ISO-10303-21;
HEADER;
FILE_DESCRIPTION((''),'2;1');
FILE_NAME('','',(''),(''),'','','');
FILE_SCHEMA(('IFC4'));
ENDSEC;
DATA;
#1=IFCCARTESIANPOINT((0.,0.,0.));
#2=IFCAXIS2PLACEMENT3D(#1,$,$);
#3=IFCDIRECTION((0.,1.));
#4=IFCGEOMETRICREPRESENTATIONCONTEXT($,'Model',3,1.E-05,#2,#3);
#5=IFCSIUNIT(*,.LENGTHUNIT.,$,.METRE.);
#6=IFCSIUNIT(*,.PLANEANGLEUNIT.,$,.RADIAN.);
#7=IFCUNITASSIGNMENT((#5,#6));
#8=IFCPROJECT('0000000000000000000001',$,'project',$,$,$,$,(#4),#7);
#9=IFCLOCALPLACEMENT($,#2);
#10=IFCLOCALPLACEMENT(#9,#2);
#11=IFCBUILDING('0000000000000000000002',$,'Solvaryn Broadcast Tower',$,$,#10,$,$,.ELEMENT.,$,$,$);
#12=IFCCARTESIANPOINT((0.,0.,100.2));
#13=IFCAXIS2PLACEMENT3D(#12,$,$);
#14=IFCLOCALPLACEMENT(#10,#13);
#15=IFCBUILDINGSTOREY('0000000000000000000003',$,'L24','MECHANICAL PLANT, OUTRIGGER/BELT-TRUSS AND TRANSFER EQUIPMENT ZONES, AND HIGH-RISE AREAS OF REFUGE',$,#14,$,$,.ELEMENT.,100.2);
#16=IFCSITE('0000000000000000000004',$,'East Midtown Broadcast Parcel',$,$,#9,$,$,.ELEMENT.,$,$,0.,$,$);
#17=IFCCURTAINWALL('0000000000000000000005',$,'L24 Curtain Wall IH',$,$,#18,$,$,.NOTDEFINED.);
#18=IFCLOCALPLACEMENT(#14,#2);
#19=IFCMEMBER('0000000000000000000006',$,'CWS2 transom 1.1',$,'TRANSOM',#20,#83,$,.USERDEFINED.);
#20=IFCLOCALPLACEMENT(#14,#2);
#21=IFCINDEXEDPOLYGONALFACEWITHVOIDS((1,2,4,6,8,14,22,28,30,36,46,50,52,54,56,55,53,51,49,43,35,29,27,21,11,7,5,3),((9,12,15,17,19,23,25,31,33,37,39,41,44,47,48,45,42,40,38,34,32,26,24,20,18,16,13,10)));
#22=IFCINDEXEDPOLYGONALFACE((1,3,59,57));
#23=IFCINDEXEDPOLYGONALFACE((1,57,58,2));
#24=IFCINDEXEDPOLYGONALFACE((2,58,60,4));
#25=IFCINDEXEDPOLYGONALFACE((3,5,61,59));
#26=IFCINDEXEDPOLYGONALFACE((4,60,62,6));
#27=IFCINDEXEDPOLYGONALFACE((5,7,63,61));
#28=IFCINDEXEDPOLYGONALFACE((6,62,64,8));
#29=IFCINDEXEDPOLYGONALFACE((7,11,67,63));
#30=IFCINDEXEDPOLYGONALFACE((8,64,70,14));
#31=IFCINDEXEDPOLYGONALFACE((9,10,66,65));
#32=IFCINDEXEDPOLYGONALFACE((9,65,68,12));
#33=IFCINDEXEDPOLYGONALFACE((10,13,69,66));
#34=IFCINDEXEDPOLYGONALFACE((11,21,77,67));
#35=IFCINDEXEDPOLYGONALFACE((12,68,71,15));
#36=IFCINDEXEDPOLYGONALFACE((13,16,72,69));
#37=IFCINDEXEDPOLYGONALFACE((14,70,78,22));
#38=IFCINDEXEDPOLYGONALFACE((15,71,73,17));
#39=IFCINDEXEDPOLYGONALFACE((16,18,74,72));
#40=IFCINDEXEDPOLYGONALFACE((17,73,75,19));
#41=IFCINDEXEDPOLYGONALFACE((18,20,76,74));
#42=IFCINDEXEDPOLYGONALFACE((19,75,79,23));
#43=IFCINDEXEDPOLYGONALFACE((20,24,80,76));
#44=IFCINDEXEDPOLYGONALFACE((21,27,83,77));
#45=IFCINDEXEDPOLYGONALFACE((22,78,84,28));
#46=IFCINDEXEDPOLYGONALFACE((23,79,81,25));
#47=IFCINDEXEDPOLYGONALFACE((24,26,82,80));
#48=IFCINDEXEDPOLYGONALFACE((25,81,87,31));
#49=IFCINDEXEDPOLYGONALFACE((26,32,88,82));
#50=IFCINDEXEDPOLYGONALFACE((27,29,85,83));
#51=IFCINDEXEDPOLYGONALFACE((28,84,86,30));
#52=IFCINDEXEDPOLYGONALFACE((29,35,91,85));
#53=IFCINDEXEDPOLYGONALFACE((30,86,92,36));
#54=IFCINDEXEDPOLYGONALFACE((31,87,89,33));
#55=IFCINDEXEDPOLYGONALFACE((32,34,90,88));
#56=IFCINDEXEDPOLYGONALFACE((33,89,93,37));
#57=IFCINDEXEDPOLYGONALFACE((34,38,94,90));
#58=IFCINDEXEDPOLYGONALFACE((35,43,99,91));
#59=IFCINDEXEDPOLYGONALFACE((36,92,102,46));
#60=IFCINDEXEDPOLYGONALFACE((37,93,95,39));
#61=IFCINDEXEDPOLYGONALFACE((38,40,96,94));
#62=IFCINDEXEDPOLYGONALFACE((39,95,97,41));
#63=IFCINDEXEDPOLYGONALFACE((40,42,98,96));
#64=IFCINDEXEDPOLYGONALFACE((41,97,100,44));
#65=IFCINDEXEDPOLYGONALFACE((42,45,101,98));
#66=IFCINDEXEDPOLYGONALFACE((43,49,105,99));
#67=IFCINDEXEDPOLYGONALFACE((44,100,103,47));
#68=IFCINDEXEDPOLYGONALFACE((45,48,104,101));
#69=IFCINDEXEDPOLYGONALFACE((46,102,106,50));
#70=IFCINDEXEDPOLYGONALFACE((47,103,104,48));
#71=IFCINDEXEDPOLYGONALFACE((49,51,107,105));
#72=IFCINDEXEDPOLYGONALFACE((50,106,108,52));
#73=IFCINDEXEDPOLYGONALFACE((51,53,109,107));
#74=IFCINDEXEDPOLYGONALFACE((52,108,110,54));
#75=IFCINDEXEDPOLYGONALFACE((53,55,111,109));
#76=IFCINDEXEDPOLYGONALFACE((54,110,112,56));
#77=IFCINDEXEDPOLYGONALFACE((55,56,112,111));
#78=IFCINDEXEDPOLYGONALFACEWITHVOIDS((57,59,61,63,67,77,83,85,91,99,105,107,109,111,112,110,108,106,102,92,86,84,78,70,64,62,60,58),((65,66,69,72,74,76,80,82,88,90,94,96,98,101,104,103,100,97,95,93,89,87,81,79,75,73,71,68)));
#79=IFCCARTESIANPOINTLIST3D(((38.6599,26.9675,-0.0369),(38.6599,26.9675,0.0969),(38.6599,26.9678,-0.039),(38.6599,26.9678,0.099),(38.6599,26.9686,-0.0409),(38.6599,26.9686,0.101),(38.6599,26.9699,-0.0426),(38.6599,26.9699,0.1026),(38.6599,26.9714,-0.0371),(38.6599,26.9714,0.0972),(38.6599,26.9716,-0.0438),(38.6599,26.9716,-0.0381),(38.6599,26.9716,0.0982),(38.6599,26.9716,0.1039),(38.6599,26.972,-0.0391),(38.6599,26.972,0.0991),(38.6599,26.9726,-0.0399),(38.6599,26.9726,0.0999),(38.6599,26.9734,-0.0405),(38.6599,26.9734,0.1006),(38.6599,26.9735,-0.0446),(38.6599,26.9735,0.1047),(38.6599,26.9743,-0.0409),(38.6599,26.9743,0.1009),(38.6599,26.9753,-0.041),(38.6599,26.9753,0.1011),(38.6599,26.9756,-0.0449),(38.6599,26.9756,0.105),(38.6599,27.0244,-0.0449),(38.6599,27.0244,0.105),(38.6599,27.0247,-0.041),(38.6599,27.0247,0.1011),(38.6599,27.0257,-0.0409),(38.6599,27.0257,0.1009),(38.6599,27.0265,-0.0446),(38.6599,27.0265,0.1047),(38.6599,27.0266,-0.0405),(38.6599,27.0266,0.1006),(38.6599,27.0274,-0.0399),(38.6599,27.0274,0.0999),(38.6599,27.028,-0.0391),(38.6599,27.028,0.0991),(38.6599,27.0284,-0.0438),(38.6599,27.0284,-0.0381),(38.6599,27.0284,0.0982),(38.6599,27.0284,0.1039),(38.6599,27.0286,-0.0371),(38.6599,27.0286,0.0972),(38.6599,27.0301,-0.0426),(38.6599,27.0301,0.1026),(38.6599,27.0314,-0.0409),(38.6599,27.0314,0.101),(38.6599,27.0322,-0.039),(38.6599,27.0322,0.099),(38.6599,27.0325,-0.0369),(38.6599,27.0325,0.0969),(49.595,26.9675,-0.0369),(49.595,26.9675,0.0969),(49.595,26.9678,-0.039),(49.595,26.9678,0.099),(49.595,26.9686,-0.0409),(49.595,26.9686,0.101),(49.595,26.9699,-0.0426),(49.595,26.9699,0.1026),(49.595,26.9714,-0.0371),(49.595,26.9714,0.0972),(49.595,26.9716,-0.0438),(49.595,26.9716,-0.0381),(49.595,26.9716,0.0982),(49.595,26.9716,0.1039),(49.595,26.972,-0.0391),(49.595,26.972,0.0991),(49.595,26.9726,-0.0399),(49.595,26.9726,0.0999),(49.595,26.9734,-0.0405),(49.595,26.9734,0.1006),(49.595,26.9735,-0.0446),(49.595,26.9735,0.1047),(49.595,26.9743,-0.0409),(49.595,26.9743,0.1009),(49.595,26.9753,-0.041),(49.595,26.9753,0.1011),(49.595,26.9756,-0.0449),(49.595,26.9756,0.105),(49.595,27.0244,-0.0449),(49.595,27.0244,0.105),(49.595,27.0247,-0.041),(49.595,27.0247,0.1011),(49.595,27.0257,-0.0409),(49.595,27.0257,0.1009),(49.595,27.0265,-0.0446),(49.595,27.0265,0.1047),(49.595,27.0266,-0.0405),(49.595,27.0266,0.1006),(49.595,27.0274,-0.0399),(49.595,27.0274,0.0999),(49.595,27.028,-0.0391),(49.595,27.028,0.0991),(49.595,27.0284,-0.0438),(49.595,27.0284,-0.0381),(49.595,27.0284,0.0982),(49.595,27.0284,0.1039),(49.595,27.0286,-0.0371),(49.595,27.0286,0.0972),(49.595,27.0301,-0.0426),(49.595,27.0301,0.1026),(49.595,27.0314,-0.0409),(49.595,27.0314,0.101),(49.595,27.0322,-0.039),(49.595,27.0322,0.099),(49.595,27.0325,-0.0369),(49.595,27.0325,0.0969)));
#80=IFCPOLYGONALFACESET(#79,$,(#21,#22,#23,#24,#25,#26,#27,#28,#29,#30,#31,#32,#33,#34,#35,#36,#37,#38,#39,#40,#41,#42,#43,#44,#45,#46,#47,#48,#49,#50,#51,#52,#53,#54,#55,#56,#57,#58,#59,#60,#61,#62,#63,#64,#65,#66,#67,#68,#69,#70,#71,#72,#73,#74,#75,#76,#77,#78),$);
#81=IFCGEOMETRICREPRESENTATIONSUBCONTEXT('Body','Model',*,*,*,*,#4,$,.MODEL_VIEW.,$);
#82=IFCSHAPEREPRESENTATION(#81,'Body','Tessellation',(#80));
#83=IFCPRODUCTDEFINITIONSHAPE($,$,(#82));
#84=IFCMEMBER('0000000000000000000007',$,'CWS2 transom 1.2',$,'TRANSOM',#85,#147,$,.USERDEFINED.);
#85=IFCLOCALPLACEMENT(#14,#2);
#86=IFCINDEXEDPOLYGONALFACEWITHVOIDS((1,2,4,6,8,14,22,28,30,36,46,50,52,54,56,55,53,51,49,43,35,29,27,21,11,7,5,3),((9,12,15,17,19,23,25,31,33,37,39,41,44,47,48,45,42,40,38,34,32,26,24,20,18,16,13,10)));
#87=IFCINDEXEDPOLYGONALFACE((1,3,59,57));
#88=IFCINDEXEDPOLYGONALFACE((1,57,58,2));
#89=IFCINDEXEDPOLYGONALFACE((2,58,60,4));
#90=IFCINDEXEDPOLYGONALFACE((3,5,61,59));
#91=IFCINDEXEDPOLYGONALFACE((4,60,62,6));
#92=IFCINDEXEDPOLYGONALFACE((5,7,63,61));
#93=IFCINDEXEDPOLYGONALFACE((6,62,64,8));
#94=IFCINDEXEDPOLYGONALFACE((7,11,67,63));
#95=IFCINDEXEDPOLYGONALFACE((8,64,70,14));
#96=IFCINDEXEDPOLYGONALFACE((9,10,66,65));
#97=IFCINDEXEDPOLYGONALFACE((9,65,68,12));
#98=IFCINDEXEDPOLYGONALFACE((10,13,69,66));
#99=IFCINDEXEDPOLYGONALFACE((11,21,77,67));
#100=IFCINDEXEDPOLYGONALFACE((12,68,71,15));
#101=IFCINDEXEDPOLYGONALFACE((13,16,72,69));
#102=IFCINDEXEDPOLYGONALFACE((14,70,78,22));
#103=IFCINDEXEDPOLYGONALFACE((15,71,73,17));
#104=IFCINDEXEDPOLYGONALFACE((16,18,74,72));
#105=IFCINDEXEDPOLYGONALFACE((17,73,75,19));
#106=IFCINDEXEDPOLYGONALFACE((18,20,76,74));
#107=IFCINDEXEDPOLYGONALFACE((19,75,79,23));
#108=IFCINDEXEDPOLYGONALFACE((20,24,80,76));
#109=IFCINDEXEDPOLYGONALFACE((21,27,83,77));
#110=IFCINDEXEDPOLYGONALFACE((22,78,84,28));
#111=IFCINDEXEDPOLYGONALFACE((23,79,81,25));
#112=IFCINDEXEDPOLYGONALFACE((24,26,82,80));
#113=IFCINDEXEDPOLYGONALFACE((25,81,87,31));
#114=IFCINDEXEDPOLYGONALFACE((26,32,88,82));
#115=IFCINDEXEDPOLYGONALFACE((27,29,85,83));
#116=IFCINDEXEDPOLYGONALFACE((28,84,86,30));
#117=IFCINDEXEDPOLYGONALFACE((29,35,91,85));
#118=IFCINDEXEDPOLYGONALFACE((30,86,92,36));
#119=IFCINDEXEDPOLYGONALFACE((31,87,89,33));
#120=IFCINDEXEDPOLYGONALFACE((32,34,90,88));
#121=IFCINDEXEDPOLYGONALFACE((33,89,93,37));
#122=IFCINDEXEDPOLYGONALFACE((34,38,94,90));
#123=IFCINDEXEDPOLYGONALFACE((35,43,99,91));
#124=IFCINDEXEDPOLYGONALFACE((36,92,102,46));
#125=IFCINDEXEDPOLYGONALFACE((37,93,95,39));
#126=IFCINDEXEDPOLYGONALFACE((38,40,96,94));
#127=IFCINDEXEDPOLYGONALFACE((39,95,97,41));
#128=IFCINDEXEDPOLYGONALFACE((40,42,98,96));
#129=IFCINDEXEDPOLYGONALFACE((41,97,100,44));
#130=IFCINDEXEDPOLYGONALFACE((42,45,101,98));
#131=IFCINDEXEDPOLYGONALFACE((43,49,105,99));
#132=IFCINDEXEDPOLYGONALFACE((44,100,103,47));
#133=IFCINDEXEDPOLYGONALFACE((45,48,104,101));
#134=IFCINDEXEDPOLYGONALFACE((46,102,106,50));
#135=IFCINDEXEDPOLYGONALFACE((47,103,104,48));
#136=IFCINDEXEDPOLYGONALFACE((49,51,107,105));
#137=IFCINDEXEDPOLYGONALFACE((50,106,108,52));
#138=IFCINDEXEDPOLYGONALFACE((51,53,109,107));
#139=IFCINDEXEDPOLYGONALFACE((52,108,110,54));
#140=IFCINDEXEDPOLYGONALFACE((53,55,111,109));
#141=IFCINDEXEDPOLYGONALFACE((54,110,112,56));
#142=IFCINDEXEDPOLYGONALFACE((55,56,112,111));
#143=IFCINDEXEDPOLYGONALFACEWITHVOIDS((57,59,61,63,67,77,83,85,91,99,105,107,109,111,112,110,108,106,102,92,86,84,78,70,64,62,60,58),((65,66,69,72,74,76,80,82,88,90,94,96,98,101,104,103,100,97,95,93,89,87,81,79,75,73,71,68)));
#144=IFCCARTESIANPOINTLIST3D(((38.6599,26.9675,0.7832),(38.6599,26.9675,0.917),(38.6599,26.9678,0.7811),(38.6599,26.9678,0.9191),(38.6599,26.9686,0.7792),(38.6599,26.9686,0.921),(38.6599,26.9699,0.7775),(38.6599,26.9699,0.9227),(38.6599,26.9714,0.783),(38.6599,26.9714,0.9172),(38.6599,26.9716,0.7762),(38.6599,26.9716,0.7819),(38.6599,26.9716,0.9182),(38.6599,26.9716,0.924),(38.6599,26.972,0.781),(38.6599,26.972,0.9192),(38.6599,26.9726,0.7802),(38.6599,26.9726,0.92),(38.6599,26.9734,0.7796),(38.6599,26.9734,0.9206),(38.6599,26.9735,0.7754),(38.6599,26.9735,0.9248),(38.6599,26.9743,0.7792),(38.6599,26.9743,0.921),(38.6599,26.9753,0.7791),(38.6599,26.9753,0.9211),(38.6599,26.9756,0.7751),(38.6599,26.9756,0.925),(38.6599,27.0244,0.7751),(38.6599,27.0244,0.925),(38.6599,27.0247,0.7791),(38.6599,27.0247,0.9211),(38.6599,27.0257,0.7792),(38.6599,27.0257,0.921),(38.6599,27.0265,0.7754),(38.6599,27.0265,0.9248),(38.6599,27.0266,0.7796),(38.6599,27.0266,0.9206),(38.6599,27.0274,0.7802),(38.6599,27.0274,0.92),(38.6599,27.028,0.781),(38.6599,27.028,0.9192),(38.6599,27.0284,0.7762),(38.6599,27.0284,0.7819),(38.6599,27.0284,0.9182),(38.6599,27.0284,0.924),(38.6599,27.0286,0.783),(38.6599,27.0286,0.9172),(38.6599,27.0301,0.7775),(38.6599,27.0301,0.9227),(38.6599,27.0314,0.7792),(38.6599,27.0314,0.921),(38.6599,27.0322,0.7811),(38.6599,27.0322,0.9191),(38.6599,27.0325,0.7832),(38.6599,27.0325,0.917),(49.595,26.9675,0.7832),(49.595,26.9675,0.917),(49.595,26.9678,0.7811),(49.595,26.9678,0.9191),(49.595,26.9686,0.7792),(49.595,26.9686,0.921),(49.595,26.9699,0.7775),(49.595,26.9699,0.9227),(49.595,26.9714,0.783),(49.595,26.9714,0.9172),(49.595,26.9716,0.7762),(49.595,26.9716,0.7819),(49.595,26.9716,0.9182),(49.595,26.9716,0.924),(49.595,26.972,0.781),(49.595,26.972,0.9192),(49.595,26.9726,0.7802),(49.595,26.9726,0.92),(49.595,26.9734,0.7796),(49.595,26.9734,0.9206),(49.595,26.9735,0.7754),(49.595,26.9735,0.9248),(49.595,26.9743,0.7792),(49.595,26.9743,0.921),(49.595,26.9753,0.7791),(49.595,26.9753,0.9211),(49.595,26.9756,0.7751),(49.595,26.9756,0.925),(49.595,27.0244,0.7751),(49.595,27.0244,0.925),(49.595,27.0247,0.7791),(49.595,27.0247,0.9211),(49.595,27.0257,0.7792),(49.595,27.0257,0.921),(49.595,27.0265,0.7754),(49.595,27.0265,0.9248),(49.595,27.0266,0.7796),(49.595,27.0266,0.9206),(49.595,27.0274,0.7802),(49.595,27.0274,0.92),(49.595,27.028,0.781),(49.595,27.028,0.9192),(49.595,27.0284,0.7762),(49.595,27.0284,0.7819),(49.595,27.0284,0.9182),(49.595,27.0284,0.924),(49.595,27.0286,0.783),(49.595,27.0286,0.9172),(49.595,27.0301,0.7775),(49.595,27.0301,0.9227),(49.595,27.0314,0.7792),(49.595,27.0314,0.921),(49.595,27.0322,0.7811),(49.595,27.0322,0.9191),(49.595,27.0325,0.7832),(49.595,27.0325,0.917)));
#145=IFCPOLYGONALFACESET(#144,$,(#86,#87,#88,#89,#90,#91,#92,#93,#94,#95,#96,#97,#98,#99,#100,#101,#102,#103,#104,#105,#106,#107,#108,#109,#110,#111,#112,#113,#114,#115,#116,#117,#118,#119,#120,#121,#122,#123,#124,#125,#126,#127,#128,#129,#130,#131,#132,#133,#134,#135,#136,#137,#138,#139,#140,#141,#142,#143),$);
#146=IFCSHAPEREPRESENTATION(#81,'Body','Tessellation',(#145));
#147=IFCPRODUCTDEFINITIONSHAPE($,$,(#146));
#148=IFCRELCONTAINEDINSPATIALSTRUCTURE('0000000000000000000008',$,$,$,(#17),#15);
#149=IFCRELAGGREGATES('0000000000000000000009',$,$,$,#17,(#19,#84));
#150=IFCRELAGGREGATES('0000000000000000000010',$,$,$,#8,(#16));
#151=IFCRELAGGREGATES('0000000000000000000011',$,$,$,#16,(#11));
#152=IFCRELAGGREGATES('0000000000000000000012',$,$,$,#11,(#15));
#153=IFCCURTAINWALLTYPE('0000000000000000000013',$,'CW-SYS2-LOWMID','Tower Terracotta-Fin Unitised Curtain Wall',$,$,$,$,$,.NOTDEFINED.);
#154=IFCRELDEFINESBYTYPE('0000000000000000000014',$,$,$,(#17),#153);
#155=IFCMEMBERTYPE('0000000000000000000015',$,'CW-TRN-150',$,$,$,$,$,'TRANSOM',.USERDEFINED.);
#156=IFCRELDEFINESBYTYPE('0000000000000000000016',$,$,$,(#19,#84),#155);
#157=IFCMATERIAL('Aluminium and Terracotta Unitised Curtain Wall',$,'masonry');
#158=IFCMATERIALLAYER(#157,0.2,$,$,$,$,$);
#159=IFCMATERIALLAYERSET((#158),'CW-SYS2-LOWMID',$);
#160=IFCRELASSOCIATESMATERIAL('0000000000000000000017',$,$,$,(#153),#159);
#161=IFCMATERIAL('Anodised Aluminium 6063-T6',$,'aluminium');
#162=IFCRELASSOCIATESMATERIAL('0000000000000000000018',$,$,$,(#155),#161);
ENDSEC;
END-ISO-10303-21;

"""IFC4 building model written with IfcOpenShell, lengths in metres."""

from ifc_helpers import new_model, si_unit, direction, frame, origin, origin_2d, place, context, subcontext, project, spatial, hollow_rectangle, extrude, material, layer, layer_set, material_profile, profile_set, type_object, element, aggregate, save


model = new_model("IFC4")

# Units and contexts
model_context = context("Model", 3, precision=1e-05, world=origin(), true_north=direction((0.0, 1.0)))
body_context = subcontext(model_context, "Body", "Model", "MODEL_VIEW")
ifc_project = project(units=[si_unit("LENGTHUNIT", "METRE"), si_unit("PLANEANGLEUNIT", "RADIAN")], contexts=[model_context])

# Site, building, storey
site_placement = place(None, origin())
site = spatial("IfcSite", under=ifc_project, at=site_placement, Name="East Midtown Broadcast Parcel", CompositionType="ELEMENT", RefElevation=0.0)
building_placement = place(site_placement, origin())
building = spatial("IfcBuilding", under=site, at=building_placement, Name="Solvaryn Broadcast Tower", CompositionType="ELEMENT")
storey_placement = place(building_placement, frame((0.0, 0.0, 100.2)))
storey = spatial("IfcBuildingStorey", under=building, at=storey_placement, Name="L24", Description="MECHANICAL PLANT, OUTRIGGER/BELT-TRUSS AND TRANSFER EQUIPMENT ZONES, AND HIGH-RISE AREAS OF REFUGE", CompositionType="ELEMENT", Elevation=100.2)

# Curtain wall, members
ifc_material_1 = material(Name="Aluminium and Terracotta Unitised Curtain Wall", Category="masonry")
ifc_layer_1 = layer(ifc_material_1, 0.2)
ifc_layer_set_1 = layer_set([ifc_layer_1], Name="CW-SYS2-LOWMID")
curtain_wall_type = type_object("IfcCurtainWallType", Name="CW-SYS2-LOWMID", Description="Tower Terracotta-Fin Unitised Curtain Wall", PredefinedType="NOTDEFINED", material=ifc_layer_set_1)
curtain_wall_placement = place(storey_placement, origin())
curtain_wall = element("IfcCurtainWall", 1, at=curtain_wall_placement, inside=storey, type_object=curtain_wall_type, Name="L24 Curtain Wall IH", PredefinedType="NOTDEFINED")
ifc_material_2 = material(Name="Anodised Aluminium 6063-T6", Category="aluminium")
ifc_material_profile_1 = material_profile(ifc_material_2, hollow_rectangle(XDim=0.0649, YDim=0.1499, WallThickness=0.0039, InnerFilletRadius=0.0039, OuterFilletRadius=0.0081, at=origin_2d()))
ifc_profile_set_1 = profile_set([ifc_material_profile_1], Name="Anodised Aluminium 6063-T6")
member_type_1 = type_object("IfcMemberType", Name="CW-TRN-150", ElementType="TRANSOM", PredefinedType="USERDEFINED", material=ifc_profile_set_1)
member_1_placement = place(storey_placement, frame((38.6599, 27.0, 0.03), z_axis=(1.0, 0.0, 0.0), x_axis=(0.0, 1.0, 0.0)))
member_1 = element("IfcMember", 2, at=member_1_placement, type_object=member_type_1, Name="CWS2 transom 1.1", ObjectType="TRANSOM", PredefinedType="USERDEFINED", context=body_context, shape_type="SweptSolid", body=[
    extrude(hollow_rectangle(XDim=0.0649, YDim=0.1499, WallThickness=0.0039, InnerFilletRadius=0.0039, OuterFilletRadius=0.0081, at=origin_2d()), origin(), (0.0, 0.0, 1.0), 10.9351),
])
member_2_placement = place(storey_placement, frame((38.6599, 27.0, 0.8501), z_axis=(1.0, 0.0, 0.0), x_axis=(0.0, 1.0, 0.0)))
member_2 = element("IfcMember", 3, at=member_2_placement, type_object=member_type_1, Name="CWS2 transom 1.2", ObjectType="TRANSOM", PredefinedType="USERDEFINED", context=body_context, shape_type="SweptSolid", body=[
    extrude(hollow_rectangle(XDim=0.0649, YDim=0.1499, WallThickness=0.0039, InnerFilletRadius=0.0039, OuterFilletRadius=0.0081, at=origin_2d()), origin(), (0.0, 0.0, 1.0), 10.9351),
])

aggregate(curtain_wall, [member_1, member_2])

save(model, "model.ifc")
